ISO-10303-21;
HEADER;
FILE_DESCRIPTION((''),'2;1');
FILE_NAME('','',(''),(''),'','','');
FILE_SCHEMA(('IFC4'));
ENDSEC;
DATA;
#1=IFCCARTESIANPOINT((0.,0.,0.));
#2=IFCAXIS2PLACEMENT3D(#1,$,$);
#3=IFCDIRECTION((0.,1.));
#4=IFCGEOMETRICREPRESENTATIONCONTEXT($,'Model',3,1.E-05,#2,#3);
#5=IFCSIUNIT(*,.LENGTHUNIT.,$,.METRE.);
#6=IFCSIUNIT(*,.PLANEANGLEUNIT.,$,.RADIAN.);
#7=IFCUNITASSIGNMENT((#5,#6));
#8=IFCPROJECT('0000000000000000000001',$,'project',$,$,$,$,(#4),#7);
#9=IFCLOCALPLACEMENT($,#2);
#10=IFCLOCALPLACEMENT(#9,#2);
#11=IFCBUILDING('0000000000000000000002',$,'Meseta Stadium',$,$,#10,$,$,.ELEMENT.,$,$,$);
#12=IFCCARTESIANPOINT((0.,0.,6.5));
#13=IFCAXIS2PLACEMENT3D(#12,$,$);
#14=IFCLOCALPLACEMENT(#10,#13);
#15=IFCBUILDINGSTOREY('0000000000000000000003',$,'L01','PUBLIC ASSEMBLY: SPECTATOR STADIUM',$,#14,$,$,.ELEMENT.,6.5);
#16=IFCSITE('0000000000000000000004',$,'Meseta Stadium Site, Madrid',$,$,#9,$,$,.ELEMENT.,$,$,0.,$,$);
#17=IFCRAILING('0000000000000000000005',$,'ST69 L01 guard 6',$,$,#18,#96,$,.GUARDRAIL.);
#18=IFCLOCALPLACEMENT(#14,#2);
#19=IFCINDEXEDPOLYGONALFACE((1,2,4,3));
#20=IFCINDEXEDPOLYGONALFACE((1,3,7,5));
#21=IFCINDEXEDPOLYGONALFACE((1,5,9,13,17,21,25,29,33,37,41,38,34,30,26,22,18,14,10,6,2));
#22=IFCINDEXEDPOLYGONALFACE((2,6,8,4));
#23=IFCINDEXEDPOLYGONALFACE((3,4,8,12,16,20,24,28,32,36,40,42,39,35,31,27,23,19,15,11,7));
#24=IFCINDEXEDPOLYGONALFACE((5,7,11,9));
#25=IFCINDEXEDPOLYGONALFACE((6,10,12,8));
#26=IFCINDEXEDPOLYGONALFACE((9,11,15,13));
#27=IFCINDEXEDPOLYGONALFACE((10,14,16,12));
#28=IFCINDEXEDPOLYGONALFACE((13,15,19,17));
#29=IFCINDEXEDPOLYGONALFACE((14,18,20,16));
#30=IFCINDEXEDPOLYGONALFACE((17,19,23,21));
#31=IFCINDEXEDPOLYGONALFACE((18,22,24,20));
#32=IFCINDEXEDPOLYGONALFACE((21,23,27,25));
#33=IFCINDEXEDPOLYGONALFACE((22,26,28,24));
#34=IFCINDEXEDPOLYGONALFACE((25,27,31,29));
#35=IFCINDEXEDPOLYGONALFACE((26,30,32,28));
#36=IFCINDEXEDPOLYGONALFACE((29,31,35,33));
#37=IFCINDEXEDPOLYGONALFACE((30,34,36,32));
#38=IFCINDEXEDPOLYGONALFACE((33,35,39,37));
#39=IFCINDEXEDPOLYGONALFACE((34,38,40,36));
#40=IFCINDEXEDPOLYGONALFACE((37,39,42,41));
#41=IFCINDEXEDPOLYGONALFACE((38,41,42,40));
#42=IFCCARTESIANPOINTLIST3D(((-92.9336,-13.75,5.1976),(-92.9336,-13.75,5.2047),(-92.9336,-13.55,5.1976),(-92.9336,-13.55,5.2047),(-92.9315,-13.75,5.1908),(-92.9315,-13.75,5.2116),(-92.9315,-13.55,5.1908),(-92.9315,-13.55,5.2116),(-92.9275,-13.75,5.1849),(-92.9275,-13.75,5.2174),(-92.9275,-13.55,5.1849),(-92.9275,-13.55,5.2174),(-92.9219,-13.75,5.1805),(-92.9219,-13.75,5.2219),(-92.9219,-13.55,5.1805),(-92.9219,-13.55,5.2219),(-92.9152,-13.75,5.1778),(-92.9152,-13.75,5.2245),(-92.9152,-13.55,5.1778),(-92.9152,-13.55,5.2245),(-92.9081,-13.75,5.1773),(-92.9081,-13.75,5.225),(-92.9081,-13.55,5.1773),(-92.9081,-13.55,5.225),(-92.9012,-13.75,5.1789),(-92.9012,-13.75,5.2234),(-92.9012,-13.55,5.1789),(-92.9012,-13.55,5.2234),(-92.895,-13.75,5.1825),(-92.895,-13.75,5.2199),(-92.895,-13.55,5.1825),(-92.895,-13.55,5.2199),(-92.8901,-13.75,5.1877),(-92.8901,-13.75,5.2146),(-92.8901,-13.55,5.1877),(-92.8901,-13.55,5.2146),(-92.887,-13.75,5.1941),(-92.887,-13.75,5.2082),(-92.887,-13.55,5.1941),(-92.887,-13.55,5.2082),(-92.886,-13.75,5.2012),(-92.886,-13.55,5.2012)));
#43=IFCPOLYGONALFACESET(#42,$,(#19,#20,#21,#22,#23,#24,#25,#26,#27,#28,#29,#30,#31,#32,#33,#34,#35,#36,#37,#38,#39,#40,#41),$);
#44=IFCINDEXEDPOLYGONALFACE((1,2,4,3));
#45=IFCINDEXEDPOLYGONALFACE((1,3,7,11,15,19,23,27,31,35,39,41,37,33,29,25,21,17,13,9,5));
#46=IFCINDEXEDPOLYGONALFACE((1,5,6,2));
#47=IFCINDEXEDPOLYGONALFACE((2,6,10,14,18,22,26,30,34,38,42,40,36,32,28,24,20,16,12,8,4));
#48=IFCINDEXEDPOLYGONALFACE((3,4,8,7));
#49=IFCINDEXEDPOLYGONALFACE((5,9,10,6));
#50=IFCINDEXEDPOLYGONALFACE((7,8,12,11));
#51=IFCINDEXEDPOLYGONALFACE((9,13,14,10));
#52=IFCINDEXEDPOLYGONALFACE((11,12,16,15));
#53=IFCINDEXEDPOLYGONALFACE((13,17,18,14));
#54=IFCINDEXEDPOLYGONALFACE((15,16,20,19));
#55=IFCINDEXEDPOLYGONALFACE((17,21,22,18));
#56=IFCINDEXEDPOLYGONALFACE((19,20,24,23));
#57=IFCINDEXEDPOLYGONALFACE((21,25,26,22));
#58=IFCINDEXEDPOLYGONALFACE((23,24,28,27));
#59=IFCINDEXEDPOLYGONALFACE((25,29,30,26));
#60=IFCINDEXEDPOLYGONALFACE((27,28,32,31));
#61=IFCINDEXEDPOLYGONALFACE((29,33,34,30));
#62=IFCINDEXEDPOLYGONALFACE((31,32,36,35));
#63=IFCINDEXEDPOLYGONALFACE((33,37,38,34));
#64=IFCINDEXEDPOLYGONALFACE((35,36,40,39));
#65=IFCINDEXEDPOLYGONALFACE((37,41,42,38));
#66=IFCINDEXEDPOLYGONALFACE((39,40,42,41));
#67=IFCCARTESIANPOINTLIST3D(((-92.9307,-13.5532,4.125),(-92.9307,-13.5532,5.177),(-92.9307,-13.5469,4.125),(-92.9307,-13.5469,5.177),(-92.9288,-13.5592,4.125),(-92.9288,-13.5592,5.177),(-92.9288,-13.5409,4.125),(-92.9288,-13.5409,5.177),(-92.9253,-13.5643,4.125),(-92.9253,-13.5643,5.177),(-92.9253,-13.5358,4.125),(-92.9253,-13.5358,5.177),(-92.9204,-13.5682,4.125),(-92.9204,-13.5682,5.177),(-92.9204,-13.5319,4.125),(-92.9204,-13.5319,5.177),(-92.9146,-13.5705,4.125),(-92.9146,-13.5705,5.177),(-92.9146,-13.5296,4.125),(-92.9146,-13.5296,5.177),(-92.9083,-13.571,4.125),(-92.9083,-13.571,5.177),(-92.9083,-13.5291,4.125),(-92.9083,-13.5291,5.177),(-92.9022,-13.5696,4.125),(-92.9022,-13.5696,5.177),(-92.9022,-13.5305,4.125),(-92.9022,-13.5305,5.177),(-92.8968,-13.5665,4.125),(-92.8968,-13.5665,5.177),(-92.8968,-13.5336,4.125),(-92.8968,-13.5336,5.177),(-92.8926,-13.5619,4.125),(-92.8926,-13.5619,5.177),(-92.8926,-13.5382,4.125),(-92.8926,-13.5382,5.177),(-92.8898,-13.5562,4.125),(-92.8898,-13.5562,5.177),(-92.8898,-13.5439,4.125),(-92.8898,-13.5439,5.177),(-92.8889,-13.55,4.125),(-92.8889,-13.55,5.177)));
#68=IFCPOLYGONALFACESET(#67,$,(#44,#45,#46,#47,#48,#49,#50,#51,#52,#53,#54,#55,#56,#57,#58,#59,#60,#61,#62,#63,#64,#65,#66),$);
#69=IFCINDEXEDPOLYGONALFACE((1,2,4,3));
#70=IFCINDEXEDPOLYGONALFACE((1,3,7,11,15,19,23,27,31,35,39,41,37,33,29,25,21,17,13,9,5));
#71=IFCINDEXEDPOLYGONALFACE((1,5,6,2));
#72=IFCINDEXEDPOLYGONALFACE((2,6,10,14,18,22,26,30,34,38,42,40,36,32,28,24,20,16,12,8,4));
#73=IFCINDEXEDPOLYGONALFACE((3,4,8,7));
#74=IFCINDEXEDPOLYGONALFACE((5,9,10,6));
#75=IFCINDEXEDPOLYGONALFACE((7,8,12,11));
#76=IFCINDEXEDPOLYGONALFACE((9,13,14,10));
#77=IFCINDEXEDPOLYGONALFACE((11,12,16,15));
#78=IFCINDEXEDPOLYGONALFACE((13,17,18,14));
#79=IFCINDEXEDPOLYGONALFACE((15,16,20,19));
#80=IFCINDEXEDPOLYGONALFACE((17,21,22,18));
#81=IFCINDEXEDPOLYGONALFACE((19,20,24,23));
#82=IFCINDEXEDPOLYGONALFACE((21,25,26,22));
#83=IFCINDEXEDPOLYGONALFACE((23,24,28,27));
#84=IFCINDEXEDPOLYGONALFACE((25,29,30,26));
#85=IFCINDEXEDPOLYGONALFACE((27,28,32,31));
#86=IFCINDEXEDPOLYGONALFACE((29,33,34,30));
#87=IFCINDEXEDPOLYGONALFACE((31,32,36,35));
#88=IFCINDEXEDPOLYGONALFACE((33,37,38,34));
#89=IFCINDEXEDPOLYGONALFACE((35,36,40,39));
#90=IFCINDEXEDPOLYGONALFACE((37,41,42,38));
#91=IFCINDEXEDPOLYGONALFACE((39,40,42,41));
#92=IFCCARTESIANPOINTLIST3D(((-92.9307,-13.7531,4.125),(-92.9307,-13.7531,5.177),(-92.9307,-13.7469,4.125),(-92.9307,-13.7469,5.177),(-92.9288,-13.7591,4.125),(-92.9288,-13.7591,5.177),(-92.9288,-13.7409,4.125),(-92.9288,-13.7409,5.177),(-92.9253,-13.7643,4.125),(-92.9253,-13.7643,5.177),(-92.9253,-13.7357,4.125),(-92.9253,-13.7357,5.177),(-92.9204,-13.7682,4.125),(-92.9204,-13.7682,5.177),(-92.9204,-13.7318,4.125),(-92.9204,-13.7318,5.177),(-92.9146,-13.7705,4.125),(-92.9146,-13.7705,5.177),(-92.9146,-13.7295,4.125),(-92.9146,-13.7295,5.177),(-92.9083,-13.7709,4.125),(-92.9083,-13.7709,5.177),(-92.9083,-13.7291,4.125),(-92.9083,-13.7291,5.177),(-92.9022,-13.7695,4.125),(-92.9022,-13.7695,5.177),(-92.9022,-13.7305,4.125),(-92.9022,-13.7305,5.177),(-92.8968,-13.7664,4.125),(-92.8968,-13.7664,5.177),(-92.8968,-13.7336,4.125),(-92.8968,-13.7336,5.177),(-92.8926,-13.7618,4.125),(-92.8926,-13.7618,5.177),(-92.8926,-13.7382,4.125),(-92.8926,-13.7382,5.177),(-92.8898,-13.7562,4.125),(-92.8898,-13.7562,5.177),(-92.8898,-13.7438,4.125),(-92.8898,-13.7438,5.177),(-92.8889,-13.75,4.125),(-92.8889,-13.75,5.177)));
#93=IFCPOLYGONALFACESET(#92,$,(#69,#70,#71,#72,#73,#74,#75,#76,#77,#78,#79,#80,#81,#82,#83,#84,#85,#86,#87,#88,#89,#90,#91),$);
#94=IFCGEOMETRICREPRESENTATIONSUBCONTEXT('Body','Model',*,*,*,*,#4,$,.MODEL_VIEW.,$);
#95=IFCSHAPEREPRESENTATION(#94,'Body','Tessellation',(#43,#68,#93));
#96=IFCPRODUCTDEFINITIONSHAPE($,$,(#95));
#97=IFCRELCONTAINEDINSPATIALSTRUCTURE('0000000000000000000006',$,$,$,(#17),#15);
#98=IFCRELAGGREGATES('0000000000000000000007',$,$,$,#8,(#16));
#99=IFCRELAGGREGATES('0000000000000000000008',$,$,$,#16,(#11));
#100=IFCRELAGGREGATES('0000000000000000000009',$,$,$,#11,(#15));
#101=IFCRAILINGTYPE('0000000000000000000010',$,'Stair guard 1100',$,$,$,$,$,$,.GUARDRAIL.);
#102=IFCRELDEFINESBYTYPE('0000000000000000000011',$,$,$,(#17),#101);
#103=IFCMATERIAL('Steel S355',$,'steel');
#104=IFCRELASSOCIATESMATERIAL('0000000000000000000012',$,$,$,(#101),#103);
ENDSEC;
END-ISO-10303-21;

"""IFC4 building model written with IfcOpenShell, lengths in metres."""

from ifc_helpers import new_model, si_unit, direction, frame, origin, origin_2d, place, context, subcontext, project, spatial, circle, extrude, material, type_object, element, save


model = new_model("IFC4")

# Units and contexts
model_context = context("Model", 3, precision=1e-05, world=origin(), true_north=direction((0.0, 1.0)))
body_context = subcontext(model_context, "Body", "Model", "MODEL_VIEW")
ifc_project = project(units=[si_unit("LENGTHUNIT", "METRE"), si_unit("PLANEANGLEUNIT", "RADIAN")], contexts=[model_context])

# Site, building, storey
site_placement = place(None, origin())
site = spatial("IfcSite", under=ifc_project, at=site_placement, Name="Meseta Stadium Site, Madrid", CompositionType="ELEMENT", RefElevation=0.0)
building_placement = place(site_placement, origin())
building = spatial("IfcBuilding", under=site, at=building_placement, Name="Meseta Stadium", CompositionType="ELEMENT")
storey_placement = place(building_placement, frame((0.0, 0.0, 6.5)))
storey = spatial("IfcBuildingStorey", under=building, at=storey_placement, Name="L01", Description="PUBLIC ASSEMBLY: SPECTATOR STADIUM", CompositionType="ELEMENT", Elevation=6.5)

# Railing
ifc_material_1 = material(Name="Steel S355", Category="steel")
railing_type_1 = type_object("IfcRailingType", Name="Stair guard 1100", PredefinedType="GUARDRAIL", material=ifc_material_1)
railing_1_placement = place(storey_placement, frame((-92.9099, -13.55, 4.125)))
element("IfcRailing", 1, at=railing_1_placement, inside=storey, type_object=railing_type_1, Name="ST69 L01 guard 6", PredefinedType="GUARDRAIL", context=body_context, shape_type="SweptSolid", body=[
    extrude(circle(Radius=0.0239, at=origin_2d()), frame((0.0, 0.0, 1.0762), z_axis=(0.0, -1.0, 0.0), x_axis=(1.0, 0.0, 0.0)), (0.0, 0.0, 1.0), 0.2),
    extrude(circle(Radius=0.021, at=origin_2d()), origin(), (0.0, 0.0, 1.0), 1.052),
    extrude(circle(Radius=0.021, at=origin_2d()), frame((0.0, -0.2, 0.0)), (0.0, 0.0, 1.0), 1.052),
])

save(model, "model.ifc")
